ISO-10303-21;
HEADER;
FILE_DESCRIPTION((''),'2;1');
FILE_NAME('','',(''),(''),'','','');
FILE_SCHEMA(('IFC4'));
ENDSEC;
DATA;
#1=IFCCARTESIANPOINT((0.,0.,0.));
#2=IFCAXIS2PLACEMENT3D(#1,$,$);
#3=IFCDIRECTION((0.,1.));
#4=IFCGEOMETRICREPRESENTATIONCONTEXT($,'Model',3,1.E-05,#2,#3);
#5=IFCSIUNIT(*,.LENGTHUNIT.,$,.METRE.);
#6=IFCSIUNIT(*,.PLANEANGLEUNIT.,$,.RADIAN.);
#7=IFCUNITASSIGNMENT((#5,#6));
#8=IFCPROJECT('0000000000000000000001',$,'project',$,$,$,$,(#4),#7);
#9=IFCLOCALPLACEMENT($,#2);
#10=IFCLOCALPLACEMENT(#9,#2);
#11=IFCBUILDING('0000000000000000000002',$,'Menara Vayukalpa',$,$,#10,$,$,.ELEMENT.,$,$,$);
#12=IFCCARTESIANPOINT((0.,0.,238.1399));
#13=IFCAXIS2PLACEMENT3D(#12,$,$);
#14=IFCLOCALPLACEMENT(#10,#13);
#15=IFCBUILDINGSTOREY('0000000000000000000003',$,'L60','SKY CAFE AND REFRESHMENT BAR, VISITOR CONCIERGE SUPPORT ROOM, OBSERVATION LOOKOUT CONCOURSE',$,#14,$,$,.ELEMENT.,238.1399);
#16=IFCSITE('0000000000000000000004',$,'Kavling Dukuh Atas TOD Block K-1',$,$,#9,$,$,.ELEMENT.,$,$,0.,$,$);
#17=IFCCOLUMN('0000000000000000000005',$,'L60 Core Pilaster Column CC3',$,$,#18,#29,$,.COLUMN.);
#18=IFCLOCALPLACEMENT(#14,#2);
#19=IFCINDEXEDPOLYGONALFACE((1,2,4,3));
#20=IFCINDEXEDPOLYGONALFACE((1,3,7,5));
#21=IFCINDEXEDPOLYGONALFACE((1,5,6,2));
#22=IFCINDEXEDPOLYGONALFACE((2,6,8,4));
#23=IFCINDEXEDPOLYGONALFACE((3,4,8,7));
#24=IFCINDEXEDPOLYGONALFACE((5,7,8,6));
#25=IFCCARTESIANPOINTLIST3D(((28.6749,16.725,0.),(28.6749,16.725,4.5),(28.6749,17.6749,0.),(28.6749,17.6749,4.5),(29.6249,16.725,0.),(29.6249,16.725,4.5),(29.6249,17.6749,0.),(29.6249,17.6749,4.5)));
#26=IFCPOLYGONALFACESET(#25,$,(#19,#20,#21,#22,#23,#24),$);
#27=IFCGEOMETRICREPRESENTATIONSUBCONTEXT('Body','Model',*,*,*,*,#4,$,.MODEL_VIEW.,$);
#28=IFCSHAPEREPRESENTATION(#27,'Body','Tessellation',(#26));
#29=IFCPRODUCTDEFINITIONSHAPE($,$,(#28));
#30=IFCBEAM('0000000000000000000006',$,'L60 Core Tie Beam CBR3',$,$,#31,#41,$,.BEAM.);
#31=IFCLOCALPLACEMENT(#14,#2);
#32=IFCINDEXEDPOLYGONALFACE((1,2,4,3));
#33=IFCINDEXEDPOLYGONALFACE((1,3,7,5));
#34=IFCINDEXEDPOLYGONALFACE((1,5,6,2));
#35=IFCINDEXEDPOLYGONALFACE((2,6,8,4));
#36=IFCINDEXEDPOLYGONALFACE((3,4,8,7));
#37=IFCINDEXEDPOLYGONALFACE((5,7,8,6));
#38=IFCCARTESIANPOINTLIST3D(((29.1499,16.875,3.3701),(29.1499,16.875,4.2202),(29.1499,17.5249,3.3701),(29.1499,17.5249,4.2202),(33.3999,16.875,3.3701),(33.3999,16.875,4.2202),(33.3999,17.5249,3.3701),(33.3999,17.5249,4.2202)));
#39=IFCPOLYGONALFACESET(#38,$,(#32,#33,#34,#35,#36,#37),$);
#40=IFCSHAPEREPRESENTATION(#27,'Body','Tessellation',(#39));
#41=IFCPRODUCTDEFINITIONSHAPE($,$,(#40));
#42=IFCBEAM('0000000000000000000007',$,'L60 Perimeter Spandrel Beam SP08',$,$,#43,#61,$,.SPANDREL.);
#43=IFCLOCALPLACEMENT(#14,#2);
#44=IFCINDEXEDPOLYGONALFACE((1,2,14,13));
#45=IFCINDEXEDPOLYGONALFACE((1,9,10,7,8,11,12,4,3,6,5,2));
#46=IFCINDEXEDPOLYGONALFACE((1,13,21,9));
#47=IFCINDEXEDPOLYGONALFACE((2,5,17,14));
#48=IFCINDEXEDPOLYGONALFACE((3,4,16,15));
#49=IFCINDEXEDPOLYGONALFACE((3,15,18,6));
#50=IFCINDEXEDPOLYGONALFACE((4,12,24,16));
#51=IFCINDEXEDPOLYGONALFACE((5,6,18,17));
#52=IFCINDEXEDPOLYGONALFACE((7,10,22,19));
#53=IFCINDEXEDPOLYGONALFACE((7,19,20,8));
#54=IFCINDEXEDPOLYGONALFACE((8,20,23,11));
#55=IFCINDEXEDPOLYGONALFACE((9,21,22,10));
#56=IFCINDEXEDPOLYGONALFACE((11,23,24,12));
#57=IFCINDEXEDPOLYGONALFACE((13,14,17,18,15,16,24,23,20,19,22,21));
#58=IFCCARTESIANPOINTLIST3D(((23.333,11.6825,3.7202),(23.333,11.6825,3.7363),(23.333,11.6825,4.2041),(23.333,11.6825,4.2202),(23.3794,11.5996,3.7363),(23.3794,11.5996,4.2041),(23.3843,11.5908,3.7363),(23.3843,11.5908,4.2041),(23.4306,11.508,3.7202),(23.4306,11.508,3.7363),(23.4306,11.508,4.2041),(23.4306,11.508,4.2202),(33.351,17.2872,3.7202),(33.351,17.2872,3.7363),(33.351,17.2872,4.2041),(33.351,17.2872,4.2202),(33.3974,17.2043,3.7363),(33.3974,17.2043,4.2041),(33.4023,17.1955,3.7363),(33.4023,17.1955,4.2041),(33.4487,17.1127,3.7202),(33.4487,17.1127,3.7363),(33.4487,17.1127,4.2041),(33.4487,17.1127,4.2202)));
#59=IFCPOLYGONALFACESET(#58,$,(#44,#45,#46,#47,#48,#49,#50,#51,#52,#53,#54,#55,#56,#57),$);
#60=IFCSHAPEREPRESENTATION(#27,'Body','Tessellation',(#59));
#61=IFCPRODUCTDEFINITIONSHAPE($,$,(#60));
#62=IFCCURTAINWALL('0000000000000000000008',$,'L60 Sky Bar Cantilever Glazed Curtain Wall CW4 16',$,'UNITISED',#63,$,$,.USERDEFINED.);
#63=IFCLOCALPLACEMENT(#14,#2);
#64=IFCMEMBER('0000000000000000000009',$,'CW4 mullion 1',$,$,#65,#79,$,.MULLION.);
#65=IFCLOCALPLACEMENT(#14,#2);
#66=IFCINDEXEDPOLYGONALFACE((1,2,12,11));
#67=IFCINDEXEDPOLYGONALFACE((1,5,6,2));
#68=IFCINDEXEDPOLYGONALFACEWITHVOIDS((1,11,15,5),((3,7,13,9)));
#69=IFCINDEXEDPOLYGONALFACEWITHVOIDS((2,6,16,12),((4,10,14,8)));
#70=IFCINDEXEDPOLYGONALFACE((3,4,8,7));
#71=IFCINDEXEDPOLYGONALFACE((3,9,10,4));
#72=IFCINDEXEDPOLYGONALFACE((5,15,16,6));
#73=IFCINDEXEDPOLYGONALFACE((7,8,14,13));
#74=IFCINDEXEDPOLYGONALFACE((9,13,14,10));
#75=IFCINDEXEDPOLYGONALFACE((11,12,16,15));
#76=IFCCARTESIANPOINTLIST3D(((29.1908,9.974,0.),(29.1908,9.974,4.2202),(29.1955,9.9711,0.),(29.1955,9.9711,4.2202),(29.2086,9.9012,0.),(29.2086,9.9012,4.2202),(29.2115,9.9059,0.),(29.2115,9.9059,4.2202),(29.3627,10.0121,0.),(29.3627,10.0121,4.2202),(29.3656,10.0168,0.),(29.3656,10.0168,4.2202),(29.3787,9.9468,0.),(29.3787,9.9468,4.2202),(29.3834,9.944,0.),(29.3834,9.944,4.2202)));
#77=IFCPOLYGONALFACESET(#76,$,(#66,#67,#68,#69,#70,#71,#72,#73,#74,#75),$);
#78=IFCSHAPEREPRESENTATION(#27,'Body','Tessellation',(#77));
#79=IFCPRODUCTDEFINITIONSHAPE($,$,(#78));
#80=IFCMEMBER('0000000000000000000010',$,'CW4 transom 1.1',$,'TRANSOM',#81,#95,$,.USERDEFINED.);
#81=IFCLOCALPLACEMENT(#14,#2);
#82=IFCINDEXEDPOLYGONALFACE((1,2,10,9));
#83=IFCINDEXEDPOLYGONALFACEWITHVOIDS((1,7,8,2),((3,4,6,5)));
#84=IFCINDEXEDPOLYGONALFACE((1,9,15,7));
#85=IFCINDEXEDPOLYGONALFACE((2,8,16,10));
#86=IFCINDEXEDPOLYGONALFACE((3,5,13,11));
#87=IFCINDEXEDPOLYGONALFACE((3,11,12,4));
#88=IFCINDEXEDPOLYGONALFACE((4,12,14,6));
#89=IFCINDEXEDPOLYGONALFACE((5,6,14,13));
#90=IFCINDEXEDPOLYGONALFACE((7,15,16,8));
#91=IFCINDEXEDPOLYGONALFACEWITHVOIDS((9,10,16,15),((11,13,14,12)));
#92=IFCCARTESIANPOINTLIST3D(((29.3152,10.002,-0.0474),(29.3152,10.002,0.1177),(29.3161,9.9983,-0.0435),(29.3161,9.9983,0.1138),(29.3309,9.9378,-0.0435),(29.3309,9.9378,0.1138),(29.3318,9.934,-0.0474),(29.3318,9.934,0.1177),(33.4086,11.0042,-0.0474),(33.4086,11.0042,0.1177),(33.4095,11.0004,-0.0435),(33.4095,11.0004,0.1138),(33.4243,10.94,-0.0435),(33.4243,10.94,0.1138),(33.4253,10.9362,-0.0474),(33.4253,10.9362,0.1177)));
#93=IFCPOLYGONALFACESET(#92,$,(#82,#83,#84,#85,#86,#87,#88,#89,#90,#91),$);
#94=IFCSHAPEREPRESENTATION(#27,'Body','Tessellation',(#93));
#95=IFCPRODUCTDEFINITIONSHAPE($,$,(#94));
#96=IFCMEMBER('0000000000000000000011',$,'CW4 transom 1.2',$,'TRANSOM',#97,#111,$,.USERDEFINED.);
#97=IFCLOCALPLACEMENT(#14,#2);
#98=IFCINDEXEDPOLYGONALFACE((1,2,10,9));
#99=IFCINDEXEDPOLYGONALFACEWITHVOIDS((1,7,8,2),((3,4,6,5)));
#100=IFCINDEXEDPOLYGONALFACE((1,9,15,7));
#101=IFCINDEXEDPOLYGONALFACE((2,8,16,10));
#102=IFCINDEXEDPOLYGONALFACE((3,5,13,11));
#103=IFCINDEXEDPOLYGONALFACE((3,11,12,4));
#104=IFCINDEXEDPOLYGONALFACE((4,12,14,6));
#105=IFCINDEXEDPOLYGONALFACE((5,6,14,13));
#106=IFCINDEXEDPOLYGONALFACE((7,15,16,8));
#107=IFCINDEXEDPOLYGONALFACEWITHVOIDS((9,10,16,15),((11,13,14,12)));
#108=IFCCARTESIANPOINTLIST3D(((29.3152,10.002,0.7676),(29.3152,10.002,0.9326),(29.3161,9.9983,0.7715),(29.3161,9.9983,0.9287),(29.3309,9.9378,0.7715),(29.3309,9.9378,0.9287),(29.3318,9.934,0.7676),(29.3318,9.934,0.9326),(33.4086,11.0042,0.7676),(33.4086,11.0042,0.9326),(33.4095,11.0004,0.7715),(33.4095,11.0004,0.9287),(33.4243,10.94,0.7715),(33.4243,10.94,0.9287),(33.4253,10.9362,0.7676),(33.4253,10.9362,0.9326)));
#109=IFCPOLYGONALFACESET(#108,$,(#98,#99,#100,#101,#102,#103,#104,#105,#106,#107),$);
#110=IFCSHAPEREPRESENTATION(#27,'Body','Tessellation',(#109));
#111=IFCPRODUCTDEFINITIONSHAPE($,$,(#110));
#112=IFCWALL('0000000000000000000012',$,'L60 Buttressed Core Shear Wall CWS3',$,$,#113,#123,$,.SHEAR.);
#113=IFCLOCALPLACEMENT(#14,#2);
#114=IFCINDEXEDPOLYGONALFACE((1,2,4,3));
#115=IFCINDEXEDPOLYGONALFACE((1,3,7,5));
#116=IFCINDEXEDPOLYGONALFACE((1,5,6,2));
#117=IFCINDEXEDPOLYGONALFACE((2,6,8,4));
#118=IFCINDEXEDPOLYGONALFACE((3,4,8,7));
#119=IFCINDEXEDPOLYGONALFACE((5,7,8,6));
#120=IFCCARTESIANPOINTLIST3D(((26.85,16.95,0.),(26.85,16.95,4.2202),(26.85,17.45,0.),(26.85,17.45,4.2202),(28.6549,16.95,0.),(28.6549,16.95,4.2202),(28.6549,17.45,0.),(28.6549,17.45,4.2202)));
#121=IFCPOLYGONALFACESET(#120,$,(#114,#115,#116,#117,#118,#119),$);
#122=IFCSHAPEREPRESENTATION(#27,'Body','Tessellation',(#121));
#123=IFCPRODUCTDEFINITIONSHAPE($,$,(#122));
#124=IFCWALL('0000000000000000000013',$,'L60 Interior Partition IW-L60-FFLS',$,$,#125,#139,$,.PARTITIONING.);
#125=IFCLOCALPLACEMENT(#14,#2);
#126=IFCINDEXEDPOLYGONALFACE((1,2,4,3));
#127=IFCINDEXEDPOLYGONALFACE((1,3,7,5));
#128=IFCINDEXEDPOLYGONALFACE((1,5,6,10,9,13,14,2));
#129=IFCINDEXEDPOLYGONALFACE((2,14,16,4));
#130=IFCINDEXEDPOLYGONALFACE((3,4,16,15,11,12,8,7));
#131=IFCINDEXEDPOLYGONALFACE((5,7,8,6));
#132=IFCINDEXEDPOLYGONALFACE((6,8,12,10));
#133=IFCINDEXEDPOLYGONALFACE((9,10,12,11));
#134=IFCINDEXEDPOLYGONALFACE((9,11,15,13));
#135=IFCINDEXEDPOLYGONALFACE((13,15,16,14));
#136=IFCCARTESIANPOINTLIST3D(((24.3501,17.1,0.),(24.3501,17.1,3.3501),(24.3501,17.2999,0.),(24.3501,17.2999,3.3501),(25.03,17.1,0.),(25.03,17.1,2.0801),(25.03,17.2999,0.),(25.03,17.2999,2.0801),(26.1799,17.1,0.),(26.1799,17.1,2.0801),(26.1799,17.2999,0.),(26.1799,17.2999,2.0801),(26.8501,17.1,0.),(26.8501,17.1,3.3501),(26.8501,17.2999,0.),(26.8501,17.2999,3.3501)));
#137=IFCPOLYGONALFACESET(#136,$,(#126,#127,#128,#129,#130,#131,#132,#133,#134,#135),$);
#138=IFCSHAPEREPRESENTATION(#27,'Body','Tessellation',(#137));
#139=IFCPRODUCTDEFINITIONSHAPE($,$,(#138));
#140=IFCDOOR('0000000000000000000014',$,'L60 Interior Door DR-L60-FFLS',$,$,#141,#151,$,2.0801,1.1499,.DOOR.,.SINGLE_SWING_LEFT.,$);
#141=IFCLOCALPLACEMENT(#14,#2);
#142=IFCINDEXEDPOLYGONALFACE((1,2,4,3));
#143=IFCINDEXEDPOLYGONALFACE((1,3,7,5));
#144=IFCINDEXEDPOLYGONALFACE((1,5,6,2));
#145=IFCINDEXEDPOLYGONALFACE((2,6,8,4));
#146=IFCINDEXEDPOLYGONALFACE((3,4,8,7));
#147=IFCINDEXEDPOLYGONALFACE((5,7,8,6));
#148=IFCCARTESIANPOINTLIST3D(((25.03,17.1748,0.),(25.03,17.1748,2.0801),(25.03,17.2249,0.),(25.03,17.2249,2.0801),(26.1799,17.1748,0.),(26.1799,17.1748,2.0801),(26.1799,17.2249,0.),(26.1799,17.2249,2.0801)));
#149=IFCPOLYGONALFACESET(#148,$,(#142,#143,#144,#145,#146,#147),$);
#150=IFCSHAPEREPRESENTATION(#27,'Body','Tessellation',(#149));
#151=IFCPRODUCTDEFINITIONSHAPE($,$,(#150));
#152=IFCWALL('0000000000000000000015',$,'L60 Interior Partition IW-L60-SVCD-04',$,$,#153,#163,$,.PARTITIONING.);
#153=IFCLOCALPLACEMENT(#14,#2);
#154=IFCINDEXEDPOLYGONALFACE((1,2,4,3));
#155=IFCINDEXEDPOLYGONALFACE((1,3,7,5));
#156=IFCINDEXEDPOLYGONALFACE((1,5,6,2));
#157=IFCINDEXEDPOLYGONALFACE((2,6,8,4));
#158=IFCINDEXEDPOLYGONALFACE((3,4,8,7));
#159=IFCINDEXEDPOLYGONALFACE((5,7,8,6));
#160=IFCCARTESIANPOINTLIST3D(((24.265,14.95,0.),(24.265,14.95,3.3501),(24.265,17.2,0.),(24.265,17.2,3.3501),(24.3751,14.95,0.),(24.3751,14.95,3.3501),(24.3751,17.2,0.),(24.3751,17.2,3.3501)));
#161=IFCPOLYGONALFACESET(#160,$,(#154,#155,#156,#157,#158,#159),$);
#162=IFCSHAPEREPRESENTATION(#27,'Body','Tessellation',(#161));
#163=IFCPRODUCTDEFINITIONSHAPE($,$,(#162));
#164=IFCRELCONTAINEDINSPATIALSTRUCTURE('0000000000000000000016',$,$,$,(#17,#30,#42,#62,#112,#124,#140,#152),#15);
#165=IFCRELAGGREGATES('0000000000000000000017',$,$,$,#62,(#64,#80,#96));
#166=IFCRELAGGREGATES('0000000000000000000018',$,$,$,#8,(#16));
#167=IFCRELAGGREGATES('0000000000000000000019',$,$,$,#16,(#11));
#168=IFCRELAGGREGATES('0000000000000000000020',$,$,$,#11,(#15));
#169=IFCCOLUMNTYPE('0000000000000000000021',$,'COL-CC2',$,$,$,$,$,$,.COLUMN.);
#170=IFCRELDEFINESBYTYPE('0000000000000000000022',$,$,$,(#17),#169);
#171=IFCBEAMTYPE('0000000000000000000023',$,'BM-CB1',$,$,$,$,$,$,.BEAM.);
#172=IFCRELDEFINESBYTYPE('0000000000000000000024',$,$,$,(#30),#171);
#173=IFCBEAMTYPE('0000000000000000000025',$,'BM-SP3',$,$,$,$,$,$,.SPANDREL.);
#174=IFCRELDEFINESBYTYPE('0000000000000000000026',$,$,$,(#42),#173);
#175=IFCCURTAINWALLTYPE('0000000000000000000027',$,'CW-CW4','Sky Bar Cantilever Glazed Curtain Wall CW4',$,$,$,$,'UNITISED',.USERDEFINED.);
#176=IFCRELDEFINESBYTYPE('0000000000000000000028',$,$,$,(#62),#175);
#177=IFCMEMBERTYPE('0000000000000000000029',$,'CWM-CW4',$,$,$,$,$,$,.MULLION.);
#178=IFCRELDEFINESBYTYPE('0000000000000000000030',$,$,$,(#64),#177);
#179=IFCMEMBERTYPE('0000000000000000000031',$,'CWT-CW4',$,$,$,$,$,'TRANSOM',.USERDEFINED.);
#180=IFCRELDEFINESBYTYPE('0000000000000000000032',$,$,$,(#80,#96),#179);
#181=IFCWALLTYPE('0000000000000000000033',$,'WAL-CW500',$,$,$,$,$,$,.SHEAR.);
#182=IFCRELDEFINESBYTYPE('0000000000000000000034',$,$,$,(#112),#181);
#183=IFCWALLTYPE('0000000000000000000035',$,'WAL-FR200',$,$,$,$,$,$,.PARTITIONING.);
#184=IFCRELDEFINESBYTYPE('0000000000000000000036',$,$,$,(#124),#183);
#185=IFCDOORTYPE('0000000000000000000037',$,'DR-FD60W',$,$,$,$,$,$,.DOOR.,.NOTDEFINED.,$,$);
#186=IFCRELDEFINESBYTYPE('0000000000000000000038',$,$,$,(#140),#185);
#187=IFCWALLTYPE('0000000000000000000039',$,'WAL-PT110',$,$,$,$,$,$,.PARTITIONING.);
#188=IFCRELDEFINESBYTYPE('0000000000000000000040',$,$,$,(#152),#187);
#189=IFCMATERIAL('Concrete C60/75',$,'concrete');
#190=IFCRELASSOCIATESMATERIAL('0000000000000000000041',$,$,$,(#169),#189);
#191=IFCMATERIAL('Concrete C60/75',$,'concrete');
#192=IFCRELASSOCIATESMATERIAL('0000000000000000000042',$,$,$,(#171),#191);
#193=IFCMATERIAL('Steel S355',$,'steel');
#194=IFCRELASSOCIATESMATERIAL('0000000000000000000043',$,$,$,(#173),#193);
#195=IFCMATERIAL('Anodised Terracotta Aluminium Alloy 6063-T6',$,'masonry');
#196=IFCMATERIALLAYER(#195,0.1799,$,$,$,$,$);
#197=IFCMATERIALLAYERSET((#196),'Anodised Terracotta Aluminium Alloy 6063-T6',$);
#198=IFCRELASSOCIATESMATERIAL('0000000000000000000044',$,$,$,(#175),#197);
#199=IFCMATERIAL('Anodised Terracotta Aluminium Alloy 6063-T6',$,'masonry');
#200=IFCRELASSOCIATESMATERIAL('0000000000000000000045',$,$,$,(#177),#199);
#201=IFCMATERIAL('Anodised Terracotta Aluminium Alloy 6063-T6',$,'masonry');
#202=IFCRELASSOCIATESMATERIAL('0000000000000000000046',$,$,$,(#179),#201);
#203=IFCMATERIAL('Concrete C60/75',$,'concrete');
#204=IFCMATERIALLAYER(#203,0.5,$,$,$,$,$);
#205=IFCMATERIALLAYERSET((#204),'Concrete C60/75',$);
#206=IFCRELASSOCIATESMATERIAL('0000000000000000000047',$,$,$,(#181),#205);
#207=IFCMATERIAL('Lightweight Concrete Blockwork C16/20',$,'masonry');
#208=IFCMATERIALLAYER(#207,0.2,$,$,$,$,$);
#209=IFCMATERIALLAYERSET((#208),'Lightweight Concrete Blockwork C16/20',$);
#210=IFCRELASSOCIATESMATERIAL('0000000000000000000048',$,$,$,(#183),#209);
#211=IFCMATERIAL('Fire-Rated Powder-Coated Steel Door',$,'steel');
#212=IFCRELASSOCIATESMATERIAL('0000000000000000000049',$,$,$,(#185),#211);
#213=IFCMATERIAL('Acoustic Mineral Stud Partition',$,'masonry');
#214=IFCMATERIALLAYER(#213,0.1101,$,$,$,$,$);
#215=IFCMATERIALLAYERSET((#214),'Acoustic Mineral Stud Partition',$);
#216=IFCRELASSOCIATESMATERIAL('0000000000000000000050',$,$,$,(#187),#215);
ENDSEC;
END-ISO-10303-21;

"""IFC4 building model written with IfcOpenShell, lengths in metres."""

from ifc_helpers import new_model, si_unit, direction, frame, frame_2d, origin, origin_2d, place, context, subcontext, project, spatial, rectangle, hollow_rectangle, i_section, extrude, material, layer, layer_set, material_profile, profile_set, type_object, element, fill, aggregate, save


model = new_model("IFC4")

# Units and contexts
model_context = context("Model", 3, precision=1e-05, world=origin(), true_north=direction((0.0, 1.0)))
body_context = subcontext(model_context, "Body", "Model", "MODEL_VIEW")
ifc_project = project(units=[si_unit("LENGTHUNIT", "METRE"), si_unit("PLANEANGLEUNIT", "RADIAN")], contexts=[model_context])

# Site, building, storey
site_placement = place(None, origin())
site = spatial("IfcSite", under=ifc_project, at=site_placement, Name="Kavling Dukuh Atas TOD Block K-1", CompositionType="ELEMENT", RefElevation=0.0)
building_placement = place(site_placement, origin())
building = spatial("IfcBuilding", under=site, at=building_placement, Name="Menara Vayukalpa", CompositionType="ELEMENT")
storey_placement = place(building_placement, frame((0.0, 0.0, 238.1399)))
storey = spatial("IfcBuildingStorey", under=building, at=storey_placement, Name="L60", Description="SKY CAFE AND REFRESHMENT BAR, VISITOR CONCIERGE SUPPORT ROOM, OBSERVATION LOOKOUT CONCOURSE", CompositionType="ELEMENT", Elevation=238.1399)

# Column
ifc_material_1 = material(Name="Concrete C60/75", Category="concrete")
ifc_material_profile_1 = material_profile(ifc_material_1, rectangle(XDim=0.95, YDim=0.95, at=origin_2d()), Name="RC 950x950")
ifc_profile_set_1 = profile_set([ifc_material_profile_1], Name="Concrete C60/75")
column_type = type_object("IfcColumnType", Name="COL-CC2", PredefinedType="COLUMN", material=ifc_profile_set_1)
column_placement = place(storey_placement, frame((29.1499, 17.2, 0.0), z_axis=(0.0, 0.0, 1.0), x_axis=(1.0, 0.0, 0.0)))
element("IfcColumn", 1, at=column_placement, inside=storey, type_object=column_type, Name="L60 Core Pilaster Column CC3", PredefinedType="COLUMN", context=body_context, shape_type="SweptSolid", body=[
    extrude(rectangle(XDim=0.95, YDim=0.95, at=origin_2d()), origin(), (0.0, 0.0, 1.0), 4.5),
])

# Beams
ifc_material_2 = material(Name="Concrete C60/75", Category="concrete")
ifc_material_profile_2 = material_profile(ifc_material_2, rectangle(XDim=0.6499, YDim=0.8501, at=origin_2d()), Name="RC 650x850")
ifc_profile_set_2 = profile_set([ifc_material_profile_2], Name="Concrete C60/75")
beam_type_1 = type_object("IfcBeamType", Name="BM-CB1", PredefinedType="BEAM", material=ifc_profile_set_2)
beam_1_placement = place(storey_placement, frame((29.1499, 17.2, 3.7952), z_axis=(1.0, 0.0, 0.0), x_axis=(0.0, 1.0, 0.0)))
element("IfcBeam", 2, at=beam_1_placement, inside=storey, type_object=beam_type_1, Name="L60 Core Tie Beam CBR3", PredefinedType="BEAM", context=body_context, shape_type="SweptSolid", body=[
    extrude(rectangle(XDim=0.6499, YDim=0.8501, at=origin_2d()), origin(), (0.0, 0.0, 1.0), 4.25),
])
ifc_material_3 = material(Name="Steel S355", Category="steel")
ifc_material_profile_3 = material_profile(ifc_material_3, i_section(OverallWidth=0.2, OverallDepth=0.5, WebThickness=0.01, FlangeThickness=0.0161, at=origin_2d()), Name="WF 500x200x10x16")
ifc_profile_set_3 = profile_set([ifc_material_profile_3], Name="Steel S355")
beam_type_2 = type_object("IfcBeamType", Name="BM-SP3", PredefinedType="SPANDREL", material=ifc_profile_set_3)
beam_2_placement = place(storey_placement, frame((23.3818, 11.5952, 3.9702), z_axis=(0.872706, 0.488246, 0.0), x_axis=(-0.488246, 0.872706, 0.0)))
element("IfcBeam", 3, at=beam_2_placement, inside=storey, type_object=beam_type_2, Name="L60 Perimeter Spandrel Beam SP08", PredefinedType="SPANDREL", context=body_context, shape_type="SweptSolid", body=[
    extrude(i_section(OverallWidth=0.2, OverallDepth=0.5, WebThickness=0.01, FlangeThickness=0.0161, at=origin_2d()), origin(), (0.0, 0.0, 1.0), 11.4792),
])

# Curtain wall, members
ifc_material_4 = material(Name="Anodised Terracotta Aluminium Alloy 6063-T6", Category="masonry")
ifc_layer_1 = layer(ifc_material_4, 0.1799)
ifc_layer_set_1 = layer_set([ifc_layer_1], Name="Anodised Terracotta Aluminium Alloy 6063-T6")
curtain_wall_type = type_object("IfcCurtainWallType", Name="CW-CW4", Description="Sky Bar Cantilever Glazed Curtain Wall CW4", ElementType="UNITISED", PredefinedType="USERDEFINED", material=ifc_layer_set_1)
curtain_wall_placement = place(storey_placement, origin())
curtain_wall = element("IfcCurtainWall", 4, at=curtain_wall_placement, inside=storey, type_object=curtain_wall_type, Name="L60 Sky Bar Cantilever Glazed Curtain Wall CW4 16", ObjectType="UNITISED", PredefinedType="USERDEFINED")
ifc_material_5 = material(Name="Anodised Terracotta Aluminium Alloy 6063-T6", Category="masonry")
ifc_material_profile_4 = material_profile(ifc_material_5, hollow_rectangle(XDim=0.075, YDim=0.1799, WallThickness=0.0039, at=origin_2d()), Name="ALU 75x180x4")
ifc_profile_set_4 = profile_set([ifc_material_profile_4], Name="Anodised Terracotta Aluminium Alloy 6063-T6")
member_type_1 = type_object("IfcMemberType", Name="CWM-CW4", PredefinedType="MULLION", material=ifc_profile_set_4)
member_1_placement = place(storey_placement, frame((29.2871, 9.959, 0.0), z_axis=(0.0, 0.0, 1.0), x_axis=(-0.23781, 0.971312, 0.0)))
member_1 = element("IfcMember", 5, at=member_1_placement, type_object=member_type_1, Name="CW4 mullion 1", PredefinedType="MULLION", context=body_context, shape_type="SweptSolid", body=[
    extrude(hollow_rectangle(XDim=0.075, YDim=0.1799, WallThickness=0.0039, at=origin_2d()), origin(), (0.0, 0.0, 1.0), 4.2202),
])
ifc_material_6 = material(Name="Anodised Terracotta Aluminium Alloy 6063-T6", Category="masonry")
ifc_material_profile_5 = material_profile(ifc_material_6, hollow_rectangle(XDim=0.0701, YDim=0.165, WallThickness=0.0039, at=origin_2d()), Name="ALU 70x165x4")
ifc_profile_set_5 = profile_set([ifc_material_profile_5], Name="Anodised Terracotta Aluminium Alloy 6063-T6")
member_type_2 = type_object("IfcMemberType", Name="CWT-CW4", ElementType="TRANSOM", PredefinedType="USERDEFINED", material=ifc_profile_set_5)
member_2_placement = place(storey_placement, frame((29.3235, 9.968, 0.0352), z_axis=(0.971313, 0.237803, 0.0), x_axis=(-0.237803, 0.971313, 0.0)))
member_2 = element("IfcMember", 6, at=member_2_placement, type_object=member_type_2, Name="CW4 transom 1.1", ObjectType="TRANSOM", PredefinedType="USERDEFINED", context=body_context, shape_type="SweptSolid", body=[
    extrude(hollow_rectangle(XDim=0.0701, YDim=0.165, WallThickness=0.0039, at=origin_2d()), origin(), (0.0, 0.0, 1.0), 4.2144),
])
member_3_placement = place(storey_placement, frame((29.3235, 9.968, 0.8501), z_axis=(0.971313, 0.237803, 0.0), x_axis=(-0.237803, 0.971313, 0.0)))
member_3 = element("IfcMember", 7, at=member_3_placement, type_object=member_type_2, Name="CW4 transom 1.2", ObjectType="TRANSOM", PredefinedType="USERDEFINED", context=body_context, shape_type="SweptSolid", body=[
    extrude(hollow_rectangle(XDim=0.0701, YDim=0.165, WallThickness=0.0039, at=origin_2d()), origin(), (0.0, 0.0, 1.0), 4.2144),
])
aggregate(curtain_wall, [member_1, member_2, member_3])

# Wall
ifc_material_7 = material(Name="Concrete C60/75", Category="concrete")
ifc_layer_2 = layer(ifc_material_7, 0.5)
ifc_layer_set_2 = layer_set([ifc_layer_2], Name="Concrete C60/75")
wall_type_1 = type_object("IfcWallType", Name="WAL-CW500", PredefinedType="SHEAR", material=ifc_layer_set_2)
wall_1_placement = place(storey_placement, frame((26.8501, 17.2, 0.0), z_axis=(0.0, 0.0, 1.0), x_axis=(1.0, 0.0, 0.0)))
element("IfcWall", 8, at=wall_1_placement, inside=storey, type_object=wall_type_1, Name="L60 Buttressed Core Shear Wall CWS3", PredefinedType="SHEAR", context=body_context, shape_type="SweptSolid", body=[
    extrude(rectangle(XDim=1.8049, YDim=0.5, at=frame_2d((0.9023, 0.0))), origin(), (0.0, 0.0, 1.0), 4.2202),
])

# Wall, opening, door
ifc_material_8 = material(Name="Lightweight Concrete Blockwork C16/20", Category="masonry")
ifc_layer_3 = layer(ifc_material_8, 0.2)
ifc_layer_set_3 = layer_set([ifc_layer_3], Name="Lightweight Concrete Blockwork C16/20")
wall_type_2 = type_object("IfcWallType", Name="WAL-FR200", PredefinedType="PARTITIONING", material=ifc_layer_set_3)
wall_2_placement = place(storey_placement, frame((24.3501, 17.2, 0.0), z_axis=(0.0, 0.0, 1.0), x_axis=(1.0, 0.0, 0.0)))
wall_2 = element("IfcWall", 9, at=wall_2_placement, inside=storey, type_object=wall_type_2, Name="L60 Interior Partition IW-L60-FFLS", PredefinedType="PARTITIONING", context=body_context, shape_type="SweptSolid", body=[
    extrude(rectangle(XDim=2.5, YDim=0.2, at=frame_2d((1.25, 0.0))), origin(), (0.0, 0.0, 1.0), 3.3501),
])
opening_1_placement = place(wall_2_placement, frame((0.6799, 0.0, 0.0)))
opening_1 = element("IfcOpeningElement", 10, at=opening_1_placement, cuts=wall_2, PredefinedType="OPENING", context=body_context, shape_type="SweptSolid", body=[
    extrude(rectangle(XDim=1.1499, YDim=2.0801, at=frame_2d((0.575, 1.04))), frame((0.0, 0.1099, 0.0), z_axis=(0.0, -1.0, 0.0), x_axis=(1.0, 0.0, 0.0)), (0.0, 0.0, 1.0), 0.22),
])
ifc_material_9 = material(Name="Fire-Rated Powder-Coated Steel Door", Category="steel")
door_type_1 = type_object("IfcDoorType", Name="DR-FD60W", OperationType="NOTDEFINED", PredefinedType="DOOR", material=ifc_material_9)
door_1_placement = place(opening_1_placement, origin())
door_1 = element("IfcDoor", 11, at=door_1_placement, inside=storey, type_object=door_type_1, Name="L60 Interior Door DR-L60-FFLS", OperationType="SINGLE_SWING_LEFT", OverallHeight=2.0801, OverallWidth=1.1499, PredefinedType="DOOR", context=body_context, shape_type="SweptSolid", body=[
    extrude(rectangle(XDim=1.1499, YDim=2.0801, at=frame_2d((0.575, 1.04))), frame((0.0, 0.0249, 0.0), z_axis=(0.0, -1.0, 0.0), x_axis=(1.0, 0.0, 0.0)), (0.0, 0.0, 1.0), 0.05),
])
fill(opening_1, door_1)

# Wall
ifc_material_10 = material(Name="Acoustic Mineral Stud Partition", Category="masonry")
ifc_layer_4 = layer(ifc_material_10, 0.1101)
ifc_layer_set_4 = layer_set([ifc_layer_4], Name="Acoustic Mineral Stud Partition")
wall_type_3 = type_object("IfcWallType", Name="WAL-PT110", PredefinedType="PARTITIONING", material=ifc_layer_set_4)
wall_3_placement = place(storey_placement, frame((24.3201, 14.95, 0.0), z_axis=(0.0, 0.0, 1.0), x_axis=(0.0, 1.0, 0.0)))
element("IfcWall", 12, at=wall_3_placement, inside=storey, type_object=wall_type_3, Name="L60 Interior Partition IW-L60-SVCD-04", PredefinedType="PARTITIONING", context=body_context, shape_type="SweptSolid", body=[
    extrude(rectangle(XDim=2.25, YDim=0.1101, at=frame_2d((1.125, 0.0))), origin(), (0.0, 0.0, 1.0), 3.3501),
])

save(model, "model.ifc")
